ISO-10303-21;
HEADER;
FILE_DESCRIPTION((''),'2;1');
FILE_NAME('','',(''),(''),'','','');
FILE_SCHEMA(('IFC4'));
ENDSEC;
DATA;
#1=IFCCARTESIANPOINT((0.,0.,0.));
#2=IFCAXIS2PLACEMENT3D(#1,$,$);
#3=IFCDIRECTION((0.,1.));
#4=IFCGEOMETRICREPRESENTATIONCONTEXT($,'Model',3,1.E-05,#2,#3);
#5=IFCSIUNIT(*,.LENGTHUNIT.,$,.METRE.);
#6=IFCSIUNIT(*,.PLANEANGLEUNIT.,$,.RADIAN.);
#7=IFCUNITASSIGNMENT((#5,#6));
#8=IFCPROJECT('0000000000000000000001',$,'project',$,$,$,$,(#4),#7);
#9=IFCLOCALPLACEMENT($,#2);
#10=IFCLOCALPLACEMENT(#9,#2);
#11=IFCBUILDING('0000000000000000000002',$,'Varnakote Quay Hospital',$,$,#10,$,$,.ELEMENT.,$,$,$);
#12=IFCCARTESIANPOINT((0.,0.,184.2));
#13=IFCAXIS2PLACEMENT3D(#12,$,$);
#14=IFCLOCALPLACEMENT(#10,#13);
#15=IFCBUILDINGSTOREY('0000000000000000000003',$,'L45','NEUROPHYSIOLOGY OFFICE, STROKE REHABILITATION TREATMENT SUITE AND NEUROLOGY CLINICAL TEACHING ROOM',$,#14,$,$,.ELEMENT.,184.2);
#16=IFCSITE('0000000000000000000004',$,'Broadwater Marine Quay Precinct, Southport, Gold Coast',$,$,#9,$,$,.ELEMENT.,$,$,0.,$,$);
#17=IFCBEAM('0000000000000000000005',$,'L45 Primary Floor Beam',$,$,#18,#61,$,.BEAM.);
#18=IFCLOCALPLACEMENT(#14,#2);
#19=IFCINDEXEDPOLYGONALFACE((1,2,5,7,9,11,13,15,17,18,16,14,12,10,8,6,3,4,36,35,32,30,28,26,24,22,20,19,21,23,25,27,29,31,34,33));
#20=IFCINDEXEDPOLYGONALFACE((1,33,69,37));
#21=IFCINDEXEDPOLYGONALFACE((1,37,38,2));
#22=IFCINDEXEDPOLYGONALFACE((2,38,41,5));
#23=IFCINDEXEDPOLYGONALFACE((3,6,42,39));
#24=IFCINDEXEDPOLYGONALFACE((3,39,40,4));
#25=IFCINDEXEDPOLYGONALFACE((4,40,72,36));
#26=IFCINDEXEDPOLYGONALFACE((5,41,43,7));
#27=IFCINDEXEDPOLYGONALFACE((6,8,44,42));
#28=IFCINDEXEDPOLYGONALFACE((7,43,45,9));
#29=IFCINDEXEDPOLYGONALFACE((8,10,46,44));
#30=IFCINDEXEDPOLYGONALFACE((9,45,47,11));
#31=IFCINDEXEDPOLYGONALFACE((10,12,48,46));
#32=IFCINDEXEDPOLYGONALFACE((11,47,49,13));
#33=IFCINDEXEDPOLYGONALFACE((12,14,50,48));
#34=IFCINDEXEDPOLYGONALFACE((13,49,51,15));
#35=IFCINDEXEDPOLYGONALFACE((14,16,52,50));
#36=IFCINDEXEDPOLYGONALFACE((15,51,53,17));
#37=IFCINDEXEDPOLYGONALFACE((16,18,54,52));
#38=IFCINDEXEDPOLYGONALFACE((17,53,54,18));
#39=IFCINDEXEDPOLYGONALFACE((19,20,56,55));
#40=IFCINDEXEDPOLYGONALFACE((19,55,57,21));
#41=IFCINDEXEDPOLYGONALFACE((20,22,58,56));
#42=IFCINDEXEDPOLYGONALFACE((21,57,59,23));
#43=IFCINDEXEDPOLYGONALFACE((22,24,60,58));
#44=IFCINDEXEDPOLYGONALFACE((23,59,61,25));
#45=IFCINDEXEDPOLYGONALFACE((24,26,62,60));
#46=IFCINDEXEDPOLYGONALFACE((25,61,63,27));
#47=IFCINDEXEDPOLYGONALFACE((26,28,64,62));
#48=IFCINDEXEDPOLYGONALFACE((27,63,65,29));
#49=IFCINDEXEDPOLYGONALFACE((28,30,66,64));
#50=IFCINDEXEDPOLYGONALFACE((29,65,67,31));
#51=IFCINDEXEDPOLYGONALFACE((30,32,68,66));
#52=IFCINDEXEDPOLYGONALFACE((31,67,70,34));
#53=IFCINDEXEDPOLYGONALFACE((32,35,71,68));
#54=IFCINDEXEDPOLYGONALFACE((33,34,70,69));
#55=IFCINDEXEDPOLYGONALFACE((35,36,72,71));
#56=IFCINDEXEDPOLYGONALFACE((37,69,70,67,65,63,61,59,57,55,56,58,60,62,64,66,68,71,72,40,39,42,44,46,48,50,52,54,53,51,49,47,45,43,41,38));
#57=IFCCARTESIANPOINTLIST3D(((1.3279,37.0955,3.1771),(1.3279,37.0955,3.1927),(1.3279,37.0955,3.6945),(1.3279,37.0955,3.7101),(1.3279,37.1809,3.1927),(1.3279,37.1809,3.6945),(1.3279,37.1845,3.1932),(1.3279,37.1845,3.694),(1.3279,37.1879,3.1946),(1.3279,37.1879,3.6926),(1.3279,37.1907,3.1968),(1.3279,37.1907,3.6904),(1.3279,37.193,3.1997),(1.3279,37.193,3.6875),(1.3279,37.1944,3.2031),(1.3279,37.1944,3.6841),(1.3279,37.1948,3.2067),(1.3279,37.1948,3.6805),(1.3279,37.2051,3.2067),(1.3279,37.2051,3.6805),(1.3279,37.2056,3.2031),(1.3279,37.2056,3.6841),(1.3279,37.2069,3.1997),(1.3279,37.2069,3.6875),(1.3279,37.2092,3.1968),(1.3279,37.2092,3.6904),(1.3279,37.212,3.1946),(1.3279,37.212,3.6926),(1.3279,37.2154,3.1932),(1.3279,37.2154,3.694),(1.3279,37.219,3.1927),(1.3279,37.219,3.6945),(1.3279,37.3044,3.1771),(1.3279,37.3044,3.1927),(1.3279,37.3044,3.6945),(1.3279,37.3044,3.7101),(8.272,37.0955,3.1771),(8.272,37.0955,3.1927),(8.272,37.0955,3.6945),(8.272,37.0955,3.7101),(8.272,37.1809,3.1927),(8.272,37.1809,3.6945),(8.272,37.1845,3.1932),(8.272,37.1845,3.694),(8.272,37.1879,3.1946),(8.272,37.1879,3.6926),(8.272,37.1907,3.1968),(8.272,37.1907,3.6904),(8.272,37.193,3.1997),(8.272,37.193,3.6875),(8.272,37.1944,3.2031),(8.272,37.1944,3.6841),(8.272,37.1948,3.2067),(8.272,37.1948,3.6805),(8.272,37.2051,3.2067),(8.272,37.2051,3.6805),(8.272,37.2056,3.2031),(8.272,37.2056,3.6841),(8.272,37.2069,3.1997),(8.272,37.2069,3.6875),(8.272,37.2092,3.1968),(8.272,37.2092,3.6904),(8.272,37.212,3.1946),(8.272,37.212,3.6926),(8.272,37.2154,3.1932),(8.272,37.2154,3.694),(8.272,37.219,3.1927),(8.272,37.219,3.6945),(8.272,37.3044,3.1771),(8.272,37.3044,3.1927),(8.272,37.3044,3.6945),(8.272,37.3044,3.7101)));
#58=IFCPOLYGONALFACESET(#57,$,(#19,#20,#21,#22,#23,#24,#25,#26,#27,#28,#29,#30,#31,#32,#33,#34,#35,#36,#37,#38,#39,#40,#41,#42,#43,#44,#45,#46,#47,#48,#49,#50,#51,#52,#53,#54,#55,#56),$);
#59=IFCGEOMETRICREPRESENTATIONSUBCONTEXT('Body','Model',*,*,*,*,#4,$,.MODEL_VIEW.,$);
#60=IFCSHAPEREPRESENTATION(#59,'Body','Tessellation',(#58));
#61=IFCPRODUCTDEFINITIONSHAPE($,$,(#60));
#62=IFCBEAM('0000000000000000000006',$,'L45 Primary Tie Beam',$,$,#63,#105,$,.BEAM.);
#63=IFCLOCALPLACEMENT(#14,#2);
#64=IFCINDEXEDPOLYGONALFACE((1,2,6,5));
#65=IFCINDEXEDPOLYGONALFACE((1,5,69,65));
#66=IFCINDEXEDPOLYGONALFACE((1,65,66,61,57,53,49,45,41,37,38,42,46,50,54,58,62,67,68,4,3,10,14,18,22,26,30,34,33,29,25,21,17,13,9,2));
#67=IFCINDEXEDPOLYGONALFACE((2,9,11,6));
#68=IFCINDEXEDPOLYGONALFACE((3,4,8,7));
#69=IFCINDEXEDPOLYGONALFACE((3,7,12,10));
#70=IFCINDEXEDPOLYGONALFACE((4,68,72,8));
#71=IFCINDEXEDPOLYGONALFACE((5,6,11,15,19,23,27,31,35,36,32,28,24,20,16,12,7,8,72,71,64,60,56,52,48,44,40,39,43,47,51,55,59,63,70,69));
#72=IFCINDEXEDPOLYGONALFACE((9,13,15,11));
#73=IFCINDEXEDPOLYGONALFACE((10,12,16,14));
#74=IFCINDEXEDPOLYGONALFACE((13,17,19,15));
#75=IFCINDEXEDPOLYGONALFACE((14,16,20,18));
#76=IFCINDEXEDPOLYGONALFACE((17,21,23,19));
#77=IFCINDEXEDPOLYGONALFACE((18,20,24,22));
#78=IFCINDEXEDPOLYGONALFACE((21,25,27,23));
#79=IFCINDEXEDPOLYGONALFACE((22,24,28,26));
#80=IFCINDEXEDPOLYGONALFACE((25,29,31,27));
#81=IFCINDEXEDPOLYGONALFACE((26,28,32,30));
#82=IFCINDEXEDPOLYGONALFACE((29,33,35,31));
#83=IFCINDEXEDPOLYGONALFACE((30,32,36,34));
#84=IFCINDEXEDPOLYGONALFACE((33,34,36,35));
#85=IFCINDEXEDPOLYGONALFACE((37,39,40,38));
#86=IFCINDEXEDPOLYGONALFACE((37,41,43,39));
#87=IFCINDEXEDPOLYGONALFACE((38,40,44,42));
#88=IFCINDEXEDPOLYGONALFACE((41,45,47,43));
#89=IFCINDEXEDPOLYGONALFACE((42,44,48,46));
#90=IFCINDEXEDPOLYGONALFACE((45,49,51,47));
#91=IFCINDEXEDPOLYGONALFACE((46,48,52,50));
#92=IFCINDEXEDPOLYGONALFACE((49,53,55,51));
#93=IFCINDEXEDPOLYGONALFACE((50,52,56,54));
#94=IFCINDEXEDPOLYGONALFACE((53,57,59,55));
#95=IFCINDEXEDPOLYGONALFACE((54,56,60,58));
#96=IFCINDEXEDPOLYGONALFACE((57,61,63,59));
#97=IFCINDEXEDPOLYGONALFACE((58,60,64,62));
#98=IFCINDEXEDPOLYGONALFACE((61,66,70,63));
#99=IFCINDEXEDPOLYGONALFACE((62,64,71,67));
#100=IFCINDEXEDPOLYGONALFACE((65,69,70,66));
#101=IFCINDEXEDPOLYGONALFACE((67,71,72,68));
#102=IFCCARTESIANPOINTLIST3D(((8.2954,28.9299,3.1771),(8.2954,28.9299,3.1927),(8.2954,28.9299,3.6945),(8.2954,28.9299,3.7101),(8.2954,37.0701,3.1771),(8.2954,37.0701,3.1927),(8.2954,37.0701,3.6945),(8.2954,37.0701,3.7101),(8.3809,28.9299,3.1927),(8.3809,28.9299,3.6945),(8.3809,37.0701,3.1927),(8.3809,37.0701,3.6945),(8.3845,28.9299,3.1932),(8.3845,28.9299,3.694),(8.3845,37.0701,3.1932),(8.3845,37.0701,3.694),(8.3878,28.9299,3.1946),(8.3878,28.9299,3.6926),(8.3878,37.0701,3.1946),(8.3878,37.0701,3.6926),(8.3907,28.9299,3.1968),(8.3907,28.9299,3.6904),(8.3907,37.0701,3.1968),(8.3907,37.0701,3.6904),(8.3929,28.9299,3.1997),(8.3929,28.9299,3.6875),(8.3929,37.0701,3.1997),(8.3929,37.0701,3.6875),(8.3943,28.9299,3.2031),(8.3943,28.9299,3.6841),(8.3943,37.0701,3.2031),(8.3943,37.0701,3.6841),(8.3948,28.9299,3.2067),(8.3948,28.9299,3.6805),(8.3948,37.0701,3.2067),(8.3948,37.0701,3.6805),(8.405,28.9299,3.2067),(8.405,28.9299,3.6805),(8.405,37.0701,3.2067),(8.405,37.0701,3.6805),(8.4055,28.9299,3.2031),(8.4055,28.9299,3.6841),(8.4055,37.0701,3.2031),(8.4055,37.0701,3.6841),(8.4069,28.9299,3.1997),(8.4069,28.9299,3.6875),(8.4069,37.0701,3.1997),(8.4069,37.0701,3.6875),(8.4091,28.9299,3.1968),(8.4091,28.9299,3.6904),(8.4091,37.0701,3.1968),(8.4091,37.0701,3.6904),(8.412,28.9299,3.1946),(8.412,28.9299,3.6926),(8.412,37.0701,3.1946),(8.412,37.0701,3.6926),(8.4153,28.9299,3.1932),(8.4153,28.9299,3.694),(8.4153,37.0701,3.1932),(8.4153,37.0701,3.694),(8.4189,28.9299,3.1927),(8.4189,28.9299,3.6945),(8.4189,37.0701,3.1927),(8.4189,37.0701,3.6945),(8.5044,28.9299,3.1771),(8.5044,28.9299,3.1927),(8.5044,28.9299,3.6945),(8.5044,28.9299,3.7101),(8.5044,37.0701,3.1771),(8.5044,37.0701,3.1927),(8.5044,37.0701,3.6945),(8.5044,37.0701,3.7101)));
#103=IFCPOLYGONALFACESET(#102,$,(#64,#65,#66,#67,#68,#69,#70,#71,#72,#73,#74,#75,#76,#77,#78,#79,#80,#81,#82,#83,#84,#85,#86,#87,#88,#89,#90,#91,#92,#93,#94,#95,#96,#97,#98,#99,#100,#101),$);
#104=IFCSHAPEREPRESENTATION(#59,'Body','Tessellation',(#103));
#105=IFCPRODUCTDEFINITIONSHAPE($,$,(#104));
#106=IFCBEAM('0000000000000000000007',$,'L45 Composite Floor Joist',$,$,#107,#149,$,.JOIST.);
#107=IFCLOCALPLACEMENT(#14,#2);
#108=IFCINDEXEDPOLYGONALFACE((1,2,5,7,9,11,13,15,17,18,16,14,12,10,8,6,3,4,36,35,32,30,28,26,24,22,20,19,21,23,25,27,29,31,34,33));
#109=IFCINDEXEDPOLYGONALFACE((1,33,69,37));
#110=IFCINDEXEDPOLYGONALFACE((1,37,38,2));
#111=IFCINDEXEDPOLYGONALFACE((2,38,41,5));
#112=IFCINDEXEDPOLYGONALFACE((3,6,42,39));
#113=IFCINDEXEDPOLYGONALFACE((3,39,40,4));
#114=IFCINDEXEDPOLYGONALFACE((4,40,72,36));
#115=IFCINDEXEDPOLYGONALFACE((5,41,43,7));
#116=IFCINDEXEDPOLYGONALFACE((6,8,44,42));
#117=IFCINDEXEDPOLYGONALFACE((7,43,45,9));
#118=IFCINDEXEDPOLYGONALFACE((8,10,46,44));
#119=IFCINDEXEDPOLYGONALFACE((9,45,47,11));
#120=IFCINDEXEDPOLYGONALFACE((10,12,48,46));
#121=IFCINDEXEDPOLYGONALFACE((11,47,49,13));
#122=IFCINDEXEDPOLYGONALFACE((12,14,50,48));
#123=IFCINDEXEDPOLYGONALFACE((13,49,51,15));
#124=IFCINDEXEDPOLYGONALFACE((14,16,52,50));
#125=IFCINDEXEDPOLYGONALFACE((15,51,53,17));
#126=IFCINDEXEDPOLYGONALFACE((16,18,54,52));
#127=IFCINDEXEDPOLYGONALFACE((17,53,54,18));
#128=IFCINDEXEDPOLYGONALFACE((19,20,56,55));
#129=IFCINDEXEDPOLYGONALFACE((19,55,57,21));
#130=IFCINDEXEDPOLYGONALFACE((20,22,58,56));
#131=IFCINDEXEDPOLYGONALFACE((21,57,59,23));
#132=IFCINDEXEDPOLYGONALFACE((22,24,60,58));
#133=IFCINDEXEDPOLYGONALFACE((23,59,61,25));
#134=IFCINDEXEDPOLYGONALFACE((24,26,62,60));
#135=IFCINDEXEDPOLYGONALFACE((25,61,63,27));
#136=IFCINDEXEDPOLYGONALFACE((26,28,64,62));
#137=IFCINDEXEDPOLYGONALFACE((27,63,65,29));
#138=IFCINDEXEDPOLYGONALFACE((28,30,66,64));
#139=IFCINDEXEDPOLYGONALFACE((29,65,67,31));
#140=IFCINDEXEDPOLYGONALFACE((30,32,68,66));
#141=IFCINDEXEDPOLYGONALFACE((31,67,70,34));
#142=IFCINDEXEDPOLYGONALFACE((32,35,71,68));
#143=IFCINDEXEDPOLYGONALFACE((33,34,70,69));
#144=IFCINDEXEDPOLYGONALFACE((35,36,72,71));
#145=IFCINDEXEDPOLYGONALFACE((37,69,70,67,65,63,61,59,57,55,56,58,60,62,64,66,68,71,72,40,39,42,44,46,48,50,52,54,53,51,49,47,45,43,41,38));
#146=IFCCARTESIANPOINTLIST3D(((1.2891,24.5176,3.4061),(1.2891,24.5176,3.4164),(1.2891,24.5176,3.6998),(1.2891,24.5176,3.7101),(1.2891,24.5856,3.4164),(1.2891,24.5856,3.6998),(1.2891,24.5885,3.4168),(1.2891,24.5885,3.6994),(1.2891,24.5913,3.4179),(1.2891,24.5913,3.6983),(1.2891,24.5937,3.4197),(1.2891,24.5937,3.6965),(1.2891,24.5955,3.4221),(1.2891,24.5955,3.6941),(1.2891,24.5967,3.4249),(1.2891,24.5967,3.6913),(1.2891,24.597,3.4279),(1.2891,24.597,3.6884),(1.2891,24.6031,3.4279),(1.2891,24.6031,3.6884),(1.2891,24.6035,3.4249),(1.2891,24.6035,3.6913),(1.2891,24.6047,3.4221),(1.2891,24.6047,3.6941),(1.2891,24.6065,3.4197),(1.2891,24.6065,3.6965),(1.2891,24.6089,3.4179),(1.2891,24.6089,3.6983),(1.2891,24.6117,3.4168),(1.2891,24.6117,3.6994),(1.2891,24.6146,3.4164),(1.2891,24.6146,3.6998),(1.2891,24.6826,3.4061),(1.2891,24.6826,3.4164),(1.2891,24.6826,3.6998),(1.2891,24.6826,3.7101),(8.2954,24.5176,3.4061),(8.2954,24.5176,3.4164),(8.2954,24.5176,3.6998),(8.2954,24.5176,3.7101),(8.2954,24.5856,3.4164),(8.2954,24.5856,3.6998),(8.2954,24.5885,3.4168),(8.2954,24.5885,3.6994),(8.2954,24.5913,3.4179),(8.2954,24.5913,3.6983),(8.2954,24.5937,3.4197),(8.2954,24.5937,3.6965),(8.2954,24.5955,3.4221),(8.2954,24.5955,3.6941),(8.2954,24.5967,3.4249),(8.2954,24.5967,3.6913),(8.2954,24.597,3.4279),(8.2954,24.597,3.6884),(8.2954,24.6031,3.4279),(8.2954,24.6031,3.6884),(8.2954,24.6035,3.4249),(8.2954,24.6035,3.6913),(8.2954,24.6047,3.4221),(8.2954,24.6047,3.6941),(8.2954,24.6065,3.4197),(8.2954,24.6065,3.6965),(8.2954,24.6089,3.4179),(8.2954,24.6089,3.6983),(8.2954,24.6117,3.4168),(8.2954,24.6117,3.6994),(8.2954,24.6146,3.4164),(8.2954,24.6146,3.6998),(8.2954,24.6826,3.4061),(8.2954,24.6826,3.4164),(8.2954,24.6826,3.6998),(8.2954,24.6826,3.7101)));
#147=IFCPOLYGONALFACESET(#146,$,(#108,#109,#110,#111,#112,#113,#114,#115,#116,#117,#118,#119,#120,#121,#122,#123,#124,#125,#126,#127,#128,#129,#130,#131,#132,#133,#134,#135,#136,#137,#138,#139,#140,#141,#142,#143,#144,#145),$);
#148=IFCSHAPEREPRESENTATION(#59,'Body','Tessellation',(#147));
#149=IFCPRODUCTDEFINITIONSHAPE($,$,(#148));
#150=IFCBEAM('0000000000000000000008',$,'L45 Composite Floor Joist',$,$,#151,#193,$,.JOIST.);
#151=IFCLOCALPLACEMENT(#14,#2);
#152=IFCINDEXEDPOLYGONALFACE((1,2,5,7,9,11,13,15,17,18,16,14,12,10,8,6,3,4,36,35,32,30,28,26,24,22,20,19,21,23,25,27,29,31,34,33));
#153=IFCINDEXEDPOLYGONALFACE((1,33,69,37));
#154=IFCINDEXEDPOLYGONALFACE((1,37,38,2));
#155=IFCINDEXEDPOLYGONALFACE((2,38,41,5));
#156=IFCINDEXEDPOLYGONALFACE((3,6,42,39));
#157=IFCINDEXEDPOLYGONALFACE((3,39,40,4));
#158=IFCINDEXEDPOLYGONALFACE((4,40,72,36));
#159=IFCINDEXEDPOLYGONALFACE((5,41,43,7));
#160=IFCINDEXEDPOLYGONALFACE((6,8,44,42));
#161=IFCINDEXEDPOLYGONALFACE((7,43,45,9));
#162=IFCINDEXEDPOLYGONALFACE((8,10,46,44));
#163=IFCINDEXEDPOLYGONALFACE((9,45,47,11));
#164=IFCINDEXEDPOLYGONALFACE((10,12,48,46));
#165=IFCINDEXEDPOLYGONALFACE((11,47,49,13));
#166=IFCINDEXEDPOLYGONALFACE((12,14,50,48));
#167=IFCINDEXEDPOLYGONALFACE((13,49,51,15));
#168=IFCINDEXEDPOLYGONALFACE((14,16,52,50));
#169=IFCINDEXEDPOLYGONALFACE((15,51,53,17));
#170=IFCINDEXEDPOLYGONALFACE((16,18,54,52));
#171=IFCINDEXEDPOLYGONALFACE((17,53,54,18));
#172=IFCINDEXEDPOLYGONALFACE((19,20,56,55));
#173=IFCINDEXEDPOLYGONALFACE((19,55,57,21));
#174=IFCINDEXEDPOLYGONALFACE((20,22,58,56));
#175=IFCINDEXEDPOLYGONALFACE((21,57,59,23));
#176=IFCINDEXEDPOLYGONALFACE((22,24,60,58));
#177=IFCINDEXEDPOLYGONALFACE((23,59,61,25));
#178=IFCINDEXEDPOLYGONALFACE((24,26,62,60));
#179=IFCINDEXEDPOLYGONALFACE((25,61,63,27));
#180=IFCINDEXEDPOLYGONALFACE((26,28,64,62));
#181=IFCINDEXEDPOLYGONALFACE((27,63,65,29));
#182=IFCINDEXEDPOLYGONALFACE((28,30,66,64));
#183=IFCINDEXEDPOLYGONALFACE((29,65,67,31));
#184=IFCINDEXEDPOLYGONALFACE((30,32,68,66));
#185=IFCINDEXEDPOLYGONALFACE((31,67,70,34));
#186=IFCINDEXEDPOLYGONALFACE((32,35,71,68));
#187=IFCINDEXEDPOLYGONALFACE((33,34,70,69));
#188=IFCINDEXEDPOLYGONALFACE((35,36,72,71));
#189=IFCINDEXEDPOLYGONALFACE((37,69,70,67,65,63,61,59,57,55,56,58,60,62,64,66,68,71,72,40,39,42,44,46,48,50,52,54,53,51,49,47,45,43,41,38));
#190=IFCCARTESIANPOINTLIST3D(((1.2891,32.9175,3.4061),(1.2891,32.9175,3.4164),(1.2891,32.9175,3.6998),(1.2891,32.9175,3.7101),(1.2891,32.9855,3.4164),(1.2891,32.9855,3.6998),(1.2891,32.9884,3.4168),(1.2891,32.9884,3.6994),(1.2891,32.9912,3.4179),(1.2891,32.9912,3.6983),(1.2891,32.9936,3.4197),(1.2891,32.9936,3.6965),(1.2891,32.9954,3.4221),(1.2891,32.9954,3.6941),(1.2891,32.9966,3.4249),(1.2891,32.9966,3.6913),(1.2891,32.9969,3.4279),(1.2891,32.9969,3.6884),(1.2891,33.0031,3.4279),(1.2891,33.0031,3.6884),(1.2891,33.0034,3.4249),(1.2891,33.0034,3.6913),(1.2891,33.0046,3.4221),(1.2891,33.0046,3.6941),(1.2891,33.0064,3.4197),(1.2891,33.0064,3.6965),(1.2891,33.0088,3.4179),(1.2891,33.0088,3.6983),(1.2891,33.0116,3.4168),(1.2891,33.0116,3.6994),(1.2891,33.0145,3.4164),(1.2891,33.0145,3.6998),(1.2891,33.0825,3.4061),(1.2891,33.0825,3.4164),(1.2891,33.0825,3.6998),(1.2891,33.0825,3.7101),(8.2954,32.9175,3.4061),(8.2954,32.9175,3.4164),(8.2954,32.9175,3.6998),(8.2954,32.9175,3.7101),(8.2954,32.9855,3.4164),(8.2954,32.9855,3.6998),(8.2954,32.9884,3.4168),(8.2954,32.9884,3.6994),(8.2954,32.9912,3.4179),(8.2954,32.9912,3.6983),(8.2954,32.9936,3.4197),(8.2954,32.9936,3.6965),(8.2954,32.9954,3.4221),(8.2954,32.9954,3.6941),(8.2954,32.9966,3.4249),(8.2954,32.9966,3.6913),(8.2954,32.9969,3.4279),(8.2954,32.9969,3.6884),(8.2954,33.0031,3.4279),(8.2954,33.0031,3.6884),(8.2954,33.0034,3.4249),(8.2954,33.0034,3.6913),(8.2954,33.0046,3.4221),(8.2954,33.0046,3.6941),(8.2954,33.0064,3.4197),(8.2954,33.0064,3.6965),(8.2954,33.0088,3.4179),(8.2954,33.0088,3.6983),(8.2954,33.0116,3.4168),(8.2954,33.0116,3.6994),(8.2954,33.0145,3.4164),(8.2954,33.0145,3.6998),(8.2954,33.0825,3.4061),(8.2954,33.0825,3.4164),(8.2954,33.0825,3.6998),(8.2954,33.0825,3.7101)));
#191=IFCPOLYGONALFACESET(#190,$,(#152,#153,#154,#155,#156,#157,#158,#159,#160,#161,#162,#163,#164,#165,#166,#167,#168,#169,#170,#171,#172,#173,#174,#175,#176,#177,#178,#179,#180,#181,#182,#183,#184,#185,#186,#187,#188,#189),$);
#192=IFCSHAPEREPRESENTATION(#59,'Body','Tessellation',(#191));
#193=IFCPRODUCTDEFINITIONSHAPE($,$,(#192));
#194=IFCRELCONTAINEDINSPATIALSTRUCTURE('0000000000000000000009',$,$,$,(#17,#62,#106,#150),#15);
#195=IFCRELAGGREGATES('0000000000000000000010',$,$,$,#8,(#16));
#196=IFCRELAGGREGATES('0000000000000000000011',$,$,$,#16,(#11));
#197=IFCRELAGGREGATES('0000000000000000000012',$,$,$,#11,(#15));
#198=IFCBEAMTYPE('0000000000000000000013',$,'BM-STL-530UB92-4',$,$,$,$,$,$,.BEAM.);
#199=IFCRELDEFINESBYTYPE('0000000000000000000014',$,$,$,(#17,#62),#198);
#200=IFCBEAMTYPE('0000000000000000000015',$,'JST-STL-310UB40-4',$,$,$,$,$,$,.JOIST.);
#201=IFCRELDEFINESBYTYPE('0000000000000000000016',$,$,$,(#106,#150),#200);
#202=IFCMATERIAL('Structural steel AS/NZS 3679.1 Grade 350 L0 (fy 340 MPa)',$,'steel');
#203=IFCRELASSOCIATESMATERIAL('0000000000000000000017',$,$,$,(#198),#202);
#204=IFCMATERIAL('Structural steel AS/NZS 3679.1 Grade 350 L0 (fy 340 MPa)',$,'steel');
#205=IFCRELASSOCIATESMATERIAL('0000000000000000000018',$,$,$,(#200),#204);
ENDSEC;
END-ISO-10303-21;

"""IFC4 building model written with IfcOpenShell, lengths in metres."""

from ifc_helpers import new_model, si_unit, direction, frame, origin, origin_2d, place, context, subcontext, project, spatial, i_section, extrude, material, material_profile, profile_set, type_object, element, save


model = new_model("IFC4")

# Units and contexts
model_context = context("Model", 3, precision=1e-05, world=origin(), true_north=direction((0.0, 1.0)))
body_context = subcontext(model_context, "Body", "Model", "MODEL_VIEW")
ifc_project = project(units=[si_unit("LENGTHUNIT", "METRE"), si_unit("PLANEANGLEUNIT", "RADIAN")], contexts=[model_context])

# Site, building, storey
site_placement = place(None, origin())
site = spatial("IfcSite", under=ifc_project, at=site_placement, Name="Broadwater Marine Quay Precinct, Southport, Gold Coast", CompositionType="ELEMENT", RefElevation=0.0)
building_placement = place(site_placement, origin())
building = spatial("IfcBuilding", under=site, at=building_placement, Name="Varnakote Quay Hospital", CompositionType="ELEMENT")
storey_placement = place(building_placement, frame((0.0, 0.0, 184.2)))
storey = spatial("IfcBuildingStorey", under=building, at=storey_placement, Name="L45", Description="NEUROPHYSIOLOGY OFFICE, STROKE REHABILITATION TREATMENT SUITE AND NEUROLOGY CLINICAL TEACHING ROOM", CompositionType="ELEMENT", Elevation=184.2)

# Beams
ifc_material_1 = material(Name="Structural steel AS/NZS 3679.1 Grade 350 L0 (fy 340 MPa)", Category="steel")
ifc_material_profile_1 = material_profile(ifc_material_1, i_section(OverallWidth=0.209, OverallDepth=0.533, WebThickness=0.0103, FlangeThickness=0.0156, FilletRadius=0.0139, at=origin_2d()), Name="530UB92.4")
ifc_profile_set_1 = profile_set([ifc_material_profile_1], Name="Structural steel AS/NZS 3679.1 Grade 350 L0 (fy 340 MPa)")
beam_type_1 = type_object("IfcBeamType", Name="BM-STL-530UB92-4", PredefinedType="BEAM", material=ifc_profile_set_1)
beam_1_placement = place(storey_placement, frame((1.3279, 37.2, 3.4436), z_axis=(1.0, 0.0, 0.0), x_axis=(0.0, 1.0, 0.0)))
element("IfcBeam", 1, at=beam_1_placement, inside=storey, type_object=beam_type_1, Name="L45 Primary Floor Beam", PredefinedType="BEAM", context=body_context, shape_type="SweptSolid", body=[
    extrude(i_section(OverallWidth=0.209, OverallDepth=0.533, WebThickness=0.0103, FlangeThickness=0.0156, FilletRadius=0.0139, at=origin_2d()), origin(), (0.0, 0.0, 1.0), 6.9441),
])
beam_2_placement = place(storey_placement, frame((8.3999, 28.9299, 3.4436), z_axis=(0.0, 1.0, 0.0), x_axis=(-1.0, 0.0, 0.0)))
element("IfcBeam", 2, at=beam_2_placement, inside=storey, type_object=beam_type_1, Name="L45 Primary Tie Beam", PredefinedType="BEAM", context=body_context, shape_type="SweptSolid", body=[
    extrude(i_section(OverallWidth=0.209, OverallDepth=0.533, WebThickness=0.0103, FlangeThickness=0.0156, FilletRadius=0.0139, at=origin_2d()), origin(), (0.0, 0.0, 1.0), 8.1401),
])
ifc_material_2 = material(Name="Structural steel AS/NZS 3679.1 Grade 350 L0 (fy 340 MPa)", Category="steel")
ifc_material_profile_2 = material_profile(ifc_material_2, i_section(OverallWidth=0.165, OverallDepth=0.304, WebThickness=0.0061, FlangeThickness=0.0103, FilletRadius=0.0115, at=origin_2d()), Name="310UB40.4")
ifc_profile_set_2 = profile_set([ifc_material_profile_2], Name="Structural steel AS/NZS 3679.1 Grade 350 L0 (fy 340 MPa)")
beam_type_2 = type_object("IfcBeamType", Name="JST-STL-310UB40-4", PredefinedType="JOIST", material=ifc_profile_set_2)
for number, where, z_axis, x_axis, name in (
    (3, (1.2891, 24.6001, 3.5581), (1.0, 0.0, 0.0), (0.0, 1.0, 0.0), "L45 Composite Floor Joist"),
    (4, (1.2891, 33.0, 3.5581), (1.0, 0.0, 0.0), (0.0, 1.0, 0.0), "L45 Composite Floor Joist"),
):
    element("IfcBeam", number, at=place(storey_placement, frame(where, z_axis=z_axis, x_axis=x_axis)), inside=storey, type_object=beam_type_2, Name=name, PredefinedType="JOIST", context=body_context, shape_type="SweptSolid", body=[
        extrude(i_section(OverallWidth=0.165, OverallDepth=0.304, WebThickness=0.0061, FlangeThickness=0.0103, FilletRadius=0.0115, at=origin_2d()), origin(), (0.0, 0.0, 1.0), 7.0063),
    ])

save(model, "model.ifc")
